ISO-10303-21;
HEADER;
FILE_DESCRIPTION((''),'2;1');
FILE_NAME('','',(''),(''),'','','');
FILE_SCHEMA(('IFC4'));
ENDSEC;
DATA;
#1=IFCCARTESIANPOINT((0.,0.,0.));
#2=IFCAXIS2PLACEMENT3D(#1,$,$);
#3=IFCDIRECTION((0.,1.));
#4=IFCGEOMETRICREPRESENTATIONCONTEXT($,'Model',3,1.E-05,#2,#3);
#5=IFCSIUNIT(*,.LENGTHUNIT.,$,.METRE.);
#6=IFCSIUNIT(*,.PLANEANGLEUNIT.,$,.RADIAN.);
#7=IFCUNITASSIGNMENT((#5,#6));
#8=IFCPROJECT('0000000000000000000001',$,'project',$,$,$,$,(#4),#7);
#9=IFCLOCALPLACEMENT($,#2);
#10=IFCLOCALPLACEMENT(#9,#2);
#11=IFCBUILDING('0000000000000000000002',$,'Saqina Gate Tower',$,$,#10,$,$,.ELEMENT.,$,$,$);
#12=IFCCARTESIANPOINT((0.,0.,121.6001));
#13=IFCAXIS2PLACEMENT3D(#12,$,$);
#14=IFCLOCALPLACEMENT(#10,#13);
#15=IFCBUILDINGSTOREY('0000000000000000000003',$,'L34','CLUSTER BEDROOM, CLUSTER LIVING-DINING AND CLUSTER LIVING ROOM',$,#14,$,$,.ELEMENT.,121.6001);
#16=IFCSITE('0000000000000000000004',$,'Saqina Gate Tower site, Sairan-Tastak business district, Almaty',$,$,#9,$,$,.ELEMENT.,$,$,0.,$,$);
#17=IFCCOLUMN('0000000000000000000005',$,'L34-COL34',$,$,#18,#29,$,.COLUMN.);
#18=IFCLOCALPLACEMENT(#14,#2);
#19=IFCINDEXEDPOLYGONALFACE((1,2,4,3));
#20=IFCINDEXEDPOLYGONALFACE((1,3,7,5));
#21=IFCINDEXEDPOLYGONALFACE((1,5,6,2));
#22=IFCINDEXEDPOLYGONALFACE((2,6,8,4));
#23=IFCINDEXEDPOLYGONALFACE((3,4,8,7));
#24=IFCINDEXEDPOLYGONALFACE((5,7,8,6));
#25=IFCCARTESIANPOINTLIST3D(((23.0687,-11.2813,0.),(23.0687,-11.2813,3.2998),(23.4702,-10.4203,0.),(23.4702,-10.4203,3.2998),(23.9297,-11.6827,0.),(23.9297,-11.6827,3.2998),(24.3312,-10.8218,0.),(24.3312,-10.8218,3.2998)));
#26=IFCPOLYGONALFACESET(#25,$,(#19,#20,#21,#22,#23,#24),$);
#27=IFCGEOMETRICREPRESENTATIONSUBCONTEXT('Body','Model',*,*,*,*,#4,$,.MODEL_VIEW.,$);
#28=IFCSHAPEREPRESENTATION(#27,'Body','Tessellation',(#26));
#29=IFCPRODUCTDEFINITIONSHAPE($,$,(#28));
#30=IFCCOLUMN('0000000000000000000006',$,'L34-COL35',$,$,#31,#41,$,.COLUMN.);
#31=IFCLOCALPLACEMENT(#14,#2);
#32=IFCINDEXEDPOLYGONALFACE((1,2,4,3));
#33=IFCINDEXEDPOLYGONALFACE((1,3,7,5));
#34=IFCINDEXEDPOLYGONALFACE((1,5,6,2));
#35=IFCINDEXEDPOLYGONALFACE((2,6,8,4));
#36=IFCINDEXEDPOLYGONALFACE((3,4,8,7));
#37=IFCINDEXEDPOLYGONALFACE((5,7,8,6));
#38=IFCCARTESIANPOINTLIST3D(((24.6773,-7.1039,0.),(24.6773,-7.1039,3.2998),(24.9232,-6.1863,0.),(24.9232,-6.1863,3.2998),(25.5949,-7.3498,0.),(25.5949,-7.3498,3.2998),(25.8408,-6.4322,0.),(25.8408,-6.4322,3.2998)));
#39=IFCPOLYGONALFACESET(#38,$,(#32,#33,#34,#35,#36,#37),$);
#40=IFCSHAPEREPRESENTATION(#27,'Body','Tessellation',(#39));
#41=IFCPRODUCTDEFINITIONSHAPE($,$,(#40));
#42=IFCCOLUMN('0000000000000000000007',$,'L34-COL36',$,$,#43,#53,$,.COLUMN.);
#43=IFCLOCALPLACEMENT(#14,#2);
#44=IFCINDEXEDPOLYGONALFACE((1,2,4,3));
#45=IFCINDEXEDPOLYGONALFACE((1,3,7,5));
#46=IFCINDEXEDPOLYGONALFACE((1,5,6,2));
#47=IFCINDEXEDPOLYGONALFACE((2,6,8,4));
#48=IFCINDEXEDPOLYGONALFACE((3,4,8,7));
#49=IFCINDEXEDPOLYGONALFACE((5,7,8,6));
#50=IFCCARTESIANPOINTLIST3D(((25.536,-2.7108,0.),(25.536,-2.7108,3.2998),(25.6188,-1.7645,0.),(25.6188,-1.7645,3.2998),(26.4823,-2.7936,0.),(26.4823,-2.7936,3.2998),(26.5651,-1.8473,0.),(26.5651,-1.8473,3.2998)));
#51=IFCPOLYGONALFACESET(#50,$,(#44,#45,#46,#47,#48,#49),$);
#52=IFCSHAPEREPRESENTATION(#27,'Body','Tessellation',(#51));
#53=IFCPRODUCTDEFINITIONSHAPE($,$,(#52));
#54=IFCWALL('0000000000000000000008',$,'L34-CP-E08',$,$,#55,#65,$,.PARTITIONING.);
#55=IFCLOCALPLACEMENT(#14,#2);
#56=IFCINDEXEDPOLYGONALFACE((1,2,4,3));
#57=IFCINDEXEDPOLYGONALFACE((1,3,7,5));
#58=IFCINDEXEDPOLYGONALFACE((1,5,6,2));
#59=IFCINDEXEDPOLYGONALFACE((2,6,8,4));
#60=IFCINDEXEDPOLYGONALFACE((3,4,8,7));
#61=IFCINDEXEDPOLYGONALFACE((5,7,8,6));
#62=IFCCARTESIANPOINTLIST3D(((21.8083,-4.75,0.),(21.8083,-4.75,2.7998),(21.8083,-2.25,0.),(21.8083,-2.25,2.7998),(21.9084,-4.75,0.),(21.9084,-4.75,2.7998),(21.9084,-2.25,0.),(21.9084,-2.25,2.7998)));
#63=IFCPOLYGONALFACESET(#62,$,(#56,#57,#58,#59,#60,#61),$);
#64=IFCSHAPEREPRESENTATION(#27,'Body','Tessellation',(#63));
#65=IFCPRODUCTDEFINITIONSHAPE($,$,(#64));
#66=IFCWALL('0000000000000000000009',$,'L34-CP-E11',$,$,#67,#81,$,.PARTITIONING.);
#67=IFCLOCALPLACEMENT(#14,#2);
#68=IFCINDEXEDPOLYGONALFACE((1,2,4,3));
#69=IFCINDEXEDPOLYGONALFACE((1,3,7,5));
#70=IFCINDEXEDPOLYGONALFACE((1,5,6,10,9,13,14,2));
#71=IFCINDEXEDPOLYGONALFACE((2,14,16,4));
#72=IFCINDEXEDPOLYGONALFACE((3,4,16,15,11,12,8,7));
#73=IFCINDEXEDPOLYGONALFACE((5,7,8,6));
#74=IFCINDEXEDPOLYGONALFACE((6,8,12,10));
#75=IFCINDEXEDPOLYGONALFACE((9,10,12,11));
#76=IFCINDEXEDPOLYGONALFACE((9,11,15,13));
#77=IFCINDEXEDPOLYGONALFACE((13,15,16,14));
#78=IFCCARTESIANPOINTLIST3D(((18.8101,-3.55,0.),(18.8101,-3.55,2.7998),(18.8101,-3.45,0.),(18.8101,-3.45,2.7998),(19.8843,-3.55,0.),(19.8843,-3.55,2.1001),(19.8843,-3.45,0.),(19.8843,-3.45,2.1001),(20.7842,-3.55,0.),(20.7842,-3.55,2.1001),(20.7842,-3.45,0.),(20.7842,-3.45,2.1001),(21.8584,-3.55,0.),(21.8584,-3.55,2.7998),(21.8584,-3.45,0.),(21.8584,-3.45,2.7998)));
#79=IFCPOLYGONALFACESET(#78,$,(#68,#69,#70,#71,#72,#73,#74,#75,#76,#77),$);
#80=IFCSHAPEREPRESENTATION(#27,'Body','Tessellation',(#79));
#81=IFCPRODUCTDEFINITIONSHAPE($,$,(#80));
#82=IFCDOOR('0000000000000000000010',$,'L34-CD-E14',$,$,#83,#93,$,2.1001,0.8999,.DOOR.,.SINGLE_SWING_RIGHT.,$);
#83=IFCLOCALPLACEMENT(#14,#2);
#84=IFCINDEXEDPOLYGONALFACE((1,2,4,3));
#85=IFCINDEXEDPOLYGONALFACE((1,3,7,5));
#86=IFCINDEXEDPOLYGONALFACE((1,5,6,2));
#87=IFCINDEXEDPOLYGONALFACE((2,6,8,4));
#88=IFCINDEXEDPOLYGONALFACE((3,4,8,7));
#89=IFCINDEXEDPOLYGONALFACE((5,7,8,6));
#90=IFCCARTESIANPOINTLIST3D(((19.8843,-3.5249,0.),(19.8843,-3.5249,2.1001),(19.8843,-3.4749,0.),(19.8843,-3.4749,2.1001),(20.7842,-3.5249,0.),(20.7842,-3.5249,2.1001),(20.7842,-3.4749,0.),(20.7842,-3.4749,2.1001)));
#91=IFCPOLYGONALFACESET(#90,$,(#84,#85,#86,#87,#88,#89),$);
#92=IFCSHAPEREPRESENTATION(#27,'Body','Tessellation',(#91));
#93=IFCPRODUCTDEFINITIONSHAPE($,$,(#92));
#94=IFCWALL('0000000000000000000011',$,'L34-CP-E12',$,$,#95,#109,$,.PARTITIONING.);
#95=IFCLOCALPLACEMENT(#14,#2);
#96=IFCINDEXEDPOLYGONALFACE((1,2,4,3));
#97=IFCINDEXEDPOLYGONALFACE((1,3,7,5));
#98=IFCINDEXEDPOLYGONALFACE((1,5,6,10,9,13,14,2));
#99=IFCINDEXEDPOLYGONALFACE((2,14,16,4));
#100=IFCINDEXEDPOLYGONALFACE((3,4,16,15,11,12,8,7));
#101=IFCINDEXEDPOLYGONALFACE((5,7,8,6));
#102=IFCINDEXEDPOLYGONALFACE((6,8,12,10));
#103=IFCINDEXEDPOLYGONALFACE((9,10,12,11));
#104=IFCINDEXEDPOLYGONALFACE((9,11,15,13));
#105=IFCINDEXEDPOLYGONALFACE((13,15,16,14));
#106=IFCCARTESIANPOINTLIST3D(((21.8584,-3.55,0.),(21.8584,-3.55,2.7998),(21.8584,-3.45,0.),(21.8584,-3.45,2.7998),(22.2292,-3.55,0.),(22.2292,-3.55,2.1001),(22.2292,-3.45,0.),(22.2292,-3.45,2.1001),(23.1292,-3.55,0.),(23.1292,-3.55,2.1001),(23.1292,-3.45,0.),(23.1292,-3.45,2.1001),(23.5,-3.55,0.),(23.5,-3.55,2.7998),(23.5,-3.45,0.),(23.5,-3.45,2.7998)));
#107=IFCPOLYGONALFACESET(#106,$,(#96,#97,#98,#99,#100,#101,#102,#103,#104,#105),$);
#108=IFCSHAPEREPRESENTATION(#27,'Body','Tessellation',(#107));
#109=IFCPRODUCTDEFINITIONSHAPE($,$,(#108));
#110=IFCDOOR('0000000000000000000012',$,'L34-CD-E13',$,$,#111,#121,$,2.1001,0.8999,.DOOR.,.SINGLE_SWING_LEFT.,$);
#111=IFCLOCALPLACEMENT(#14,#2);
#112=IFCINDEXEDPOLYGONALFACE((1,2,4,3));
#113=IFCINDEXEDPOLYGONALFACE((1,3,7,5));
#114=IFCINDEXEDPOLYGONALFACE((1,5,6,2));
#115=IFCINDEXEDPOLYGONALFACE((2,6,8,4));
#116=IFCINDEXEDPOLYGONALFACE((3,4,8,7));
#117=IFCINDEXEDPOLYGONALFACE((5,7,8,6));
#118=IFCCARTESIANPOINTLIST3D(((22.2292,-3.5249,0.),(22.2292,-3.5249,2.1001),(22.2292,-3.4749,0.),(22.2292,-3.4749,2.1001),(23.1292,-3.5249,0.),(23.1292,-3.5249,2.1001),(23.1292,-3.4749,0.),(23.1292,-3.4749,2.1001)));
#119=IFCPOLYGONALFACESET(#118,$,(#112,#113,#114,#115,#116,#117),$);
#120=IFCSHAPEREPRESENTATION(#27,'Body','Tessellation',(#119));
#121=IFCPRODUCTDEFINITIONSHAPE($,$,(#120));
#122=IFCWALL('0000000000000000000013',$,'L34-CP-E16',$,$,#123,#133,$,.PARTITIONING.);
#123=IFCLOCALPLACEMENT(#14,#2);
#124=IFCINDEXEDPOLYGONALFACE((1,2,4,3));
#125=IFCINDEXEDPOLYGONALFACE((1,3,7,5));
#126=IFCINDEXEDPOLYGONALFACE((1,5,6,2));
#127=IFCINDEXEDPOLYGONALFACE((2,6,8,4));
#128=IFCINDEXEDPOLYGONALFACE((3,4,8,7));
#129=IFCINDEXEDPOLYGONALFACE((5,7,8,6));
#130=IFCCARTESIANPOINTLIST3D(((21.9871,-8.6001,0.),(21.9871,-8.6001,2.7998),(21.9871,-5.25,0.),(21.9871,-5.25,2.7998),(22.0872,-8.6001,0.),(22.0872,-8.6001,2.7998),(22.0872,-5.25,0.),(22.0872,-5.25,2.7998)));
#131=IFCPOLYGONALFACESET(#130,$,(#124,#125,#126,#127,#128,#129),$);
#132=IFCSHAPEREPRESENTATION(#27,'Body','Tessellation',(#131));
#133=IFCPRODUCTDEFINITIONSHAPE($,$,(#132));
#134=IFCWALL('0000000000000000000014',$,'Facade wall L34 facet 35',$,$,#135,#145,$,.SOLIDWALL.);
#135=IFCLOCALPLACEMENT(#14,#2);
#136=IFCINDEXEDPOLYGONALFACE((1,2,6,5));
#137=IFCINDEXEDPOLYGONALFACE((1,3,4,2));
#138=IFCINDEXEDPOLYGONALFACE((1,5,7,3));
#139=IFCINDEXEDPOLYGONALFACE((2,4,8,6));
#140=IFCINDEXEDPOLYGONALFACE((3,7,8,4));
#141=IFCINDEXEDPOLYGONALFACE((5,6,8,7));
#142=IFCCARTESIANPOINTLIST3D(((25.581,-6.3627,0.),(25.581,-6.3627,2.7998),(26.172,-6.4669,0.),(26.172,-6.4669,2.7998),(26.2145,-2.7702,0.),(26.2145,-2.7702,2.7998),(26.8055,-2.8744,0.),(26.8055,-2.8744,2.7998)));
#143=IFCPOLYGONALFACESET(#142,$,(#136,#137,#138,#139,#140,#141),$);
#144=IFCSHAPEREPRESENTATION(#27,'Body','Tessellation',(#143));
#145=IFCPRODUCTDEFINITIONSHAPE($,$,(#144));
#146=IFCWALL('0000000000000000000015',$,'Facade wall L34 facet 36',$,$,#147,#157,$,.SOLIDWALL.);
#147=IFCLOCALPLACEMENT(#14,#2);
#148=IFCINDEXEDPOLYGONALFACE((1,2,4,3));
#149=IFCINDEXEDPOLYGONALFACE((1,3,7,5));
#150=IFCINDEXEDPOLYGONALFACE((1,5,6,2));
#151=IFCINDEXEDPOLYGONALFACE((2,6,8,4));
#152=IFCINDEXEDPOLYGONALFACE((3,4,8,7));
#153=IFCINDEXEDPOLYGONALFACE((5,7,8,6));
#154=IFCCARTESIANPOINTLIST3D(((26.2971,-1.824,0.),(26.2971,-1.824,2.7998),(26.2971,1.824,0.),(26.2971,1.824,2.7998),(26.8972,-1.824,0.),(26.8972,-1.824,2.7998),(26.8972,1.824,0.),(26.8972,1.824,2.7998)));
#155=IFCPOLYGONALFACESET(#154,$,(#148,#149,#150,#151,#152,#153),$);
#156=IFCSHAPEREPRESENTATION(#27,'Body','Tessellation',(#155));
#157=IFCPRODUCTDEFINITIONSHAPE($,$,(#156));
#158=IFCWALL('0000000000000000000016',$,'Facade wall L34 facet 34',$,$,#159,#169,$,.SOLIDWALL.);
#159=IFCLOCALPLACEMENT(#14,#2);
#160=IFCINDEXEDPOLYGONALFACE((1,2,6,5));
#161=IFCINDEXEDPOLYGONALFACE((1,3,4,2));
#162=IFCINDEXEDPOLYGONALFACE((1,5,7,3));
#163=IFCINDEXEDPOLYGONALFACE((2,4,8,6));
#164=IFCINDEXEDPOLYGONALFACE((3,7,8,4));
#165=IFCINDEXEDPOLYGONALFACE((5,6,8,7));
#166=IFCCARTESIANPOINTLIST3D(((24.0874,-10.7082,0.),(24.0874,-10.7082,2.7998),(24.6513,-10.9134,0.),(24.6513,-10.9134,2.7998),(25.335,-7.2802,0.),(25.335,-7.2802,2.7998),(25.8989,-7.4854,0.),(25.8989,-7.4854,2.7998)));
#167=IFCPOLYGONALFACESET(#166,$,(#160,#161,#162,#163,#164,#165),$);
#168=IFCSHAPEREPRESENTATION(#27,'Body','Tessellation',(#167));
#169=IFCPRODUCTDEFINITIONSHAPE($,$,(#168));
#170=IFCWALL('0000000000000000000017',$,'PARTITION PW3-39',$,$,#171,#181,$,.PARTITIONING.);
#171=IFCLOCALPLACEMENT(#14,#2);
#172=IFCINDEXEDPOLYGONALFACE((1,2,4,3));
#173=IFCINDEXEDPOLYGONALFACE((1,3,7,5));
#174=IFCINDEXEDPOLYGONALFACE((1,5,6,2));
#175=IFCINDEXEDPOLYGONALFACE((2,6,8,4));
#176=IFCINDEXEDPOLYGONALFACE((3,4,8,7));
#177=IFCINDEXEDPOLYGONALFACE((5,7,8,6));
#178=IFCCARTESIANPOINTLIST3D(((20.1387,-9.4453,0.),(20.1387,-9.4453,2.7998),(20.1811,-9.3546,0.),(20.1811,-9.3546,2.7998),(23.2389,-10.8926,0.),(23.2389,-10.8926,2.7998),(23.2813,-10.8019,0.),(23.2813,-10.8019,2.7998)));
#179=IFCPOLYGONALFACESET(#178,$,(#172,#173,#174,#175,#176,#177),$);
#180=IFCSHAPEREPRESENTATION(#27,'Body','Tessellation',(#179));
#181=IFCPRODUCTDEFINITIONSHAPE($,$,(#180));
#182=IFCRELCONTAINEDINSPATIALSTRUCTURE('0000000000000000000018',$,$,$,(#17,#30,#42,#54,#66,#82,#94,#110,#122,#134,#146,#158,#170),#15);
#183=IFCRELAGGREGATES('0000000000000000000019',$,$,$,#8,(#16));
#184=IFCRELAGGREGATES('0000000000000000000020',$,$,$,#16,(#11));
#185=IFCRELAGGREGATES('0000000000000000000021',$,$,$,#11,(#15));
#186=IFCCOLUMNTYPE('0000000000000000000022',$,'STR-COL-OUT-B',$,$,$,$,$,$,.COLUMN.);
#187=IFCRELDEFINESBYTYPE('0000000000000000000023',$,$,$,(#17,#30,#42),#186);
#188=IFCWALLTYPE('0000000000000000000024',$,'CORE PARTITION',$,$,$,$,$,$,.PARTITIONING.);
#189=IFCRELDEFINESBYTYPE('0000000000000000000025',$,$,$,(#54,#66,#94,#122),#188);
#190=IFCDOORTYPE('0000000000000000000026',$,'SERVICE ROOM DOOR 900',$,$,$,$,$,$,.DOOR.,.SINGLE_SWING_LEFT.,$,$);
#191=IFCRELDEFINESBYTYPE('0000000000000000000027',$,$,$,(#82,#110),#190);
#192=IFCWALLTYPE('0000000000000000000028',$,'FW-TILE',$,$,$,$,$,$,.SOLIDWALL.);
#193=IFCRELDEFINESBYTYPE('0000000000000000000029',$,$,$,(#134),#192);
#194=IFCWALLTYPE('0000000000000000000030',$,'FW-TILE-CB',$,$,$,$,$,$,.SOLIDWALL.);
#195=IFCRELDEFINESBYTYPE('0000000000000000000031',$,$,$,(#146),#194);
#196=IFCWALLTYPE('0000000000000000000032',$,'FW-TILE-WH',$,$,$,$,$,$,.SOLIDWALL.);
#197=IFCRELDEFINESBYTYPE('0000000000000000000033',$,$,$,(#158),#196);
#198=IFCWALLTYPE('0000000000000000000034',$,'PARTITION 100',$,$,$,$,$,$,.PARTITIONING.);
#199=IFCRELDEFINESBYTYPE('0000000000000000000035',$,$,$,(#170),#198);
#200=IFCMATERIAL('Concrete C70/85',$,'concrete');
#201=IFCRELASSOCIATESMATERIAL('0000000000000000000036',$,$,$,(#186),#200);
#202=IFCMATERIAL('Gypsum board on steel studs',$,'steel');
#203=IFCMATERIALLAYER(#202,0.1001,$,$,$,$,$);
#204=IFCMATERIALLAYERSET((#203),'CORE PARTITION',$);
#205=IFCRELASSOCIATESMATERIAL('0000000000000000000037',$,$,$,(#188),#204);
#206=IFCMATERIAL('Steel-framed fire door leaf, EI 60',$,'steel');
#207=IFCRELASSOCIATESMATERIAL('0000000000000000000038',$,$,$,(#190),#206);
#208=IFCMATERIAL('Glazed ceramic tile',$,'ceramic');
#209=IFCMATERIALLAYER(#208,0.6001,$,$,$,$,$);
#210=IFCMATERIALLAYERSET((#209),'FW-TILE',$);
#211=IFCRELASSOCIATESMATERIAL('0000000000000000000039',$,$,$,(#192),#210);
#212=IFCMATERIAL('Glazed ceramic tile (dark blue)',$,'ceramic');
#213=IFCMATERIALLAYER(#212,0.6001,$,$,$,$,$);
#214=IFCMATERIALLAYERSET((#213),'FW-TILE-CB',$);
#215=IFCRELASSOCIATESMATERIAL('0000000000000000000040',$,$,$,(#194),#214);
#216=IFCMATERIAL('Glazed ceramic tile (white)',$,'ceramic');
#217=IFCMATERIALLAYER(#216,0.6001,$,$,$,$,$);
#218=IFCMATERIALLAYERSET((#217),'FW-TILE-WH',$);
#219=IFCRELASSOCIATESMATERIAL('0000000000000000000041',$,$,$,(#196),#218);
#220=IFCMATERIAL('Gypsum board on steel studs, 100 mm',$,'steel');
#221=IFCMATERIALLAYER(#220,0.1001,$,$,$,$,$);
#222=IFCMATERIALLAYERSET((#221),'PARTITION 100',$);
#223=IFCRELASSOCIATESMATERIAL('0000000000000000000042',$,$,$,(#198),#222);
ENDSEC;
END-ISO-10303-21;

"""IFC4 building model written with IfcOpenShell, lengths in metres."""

from ifc_helpers import new_model, si_unit, direction, frame, frame_2d, origin, origin_2d, place, context, subcontext, project, spatial, rectangle, extrude, material, layer, layer_set, material_profile, profile_set, type_object, element, fill, save


model = new_model("IFC4")

# Units and contexts
model_context = context("Model", 3, precision=1e-05, world=origin(), true_north=direction((0.0, 1.0)))
body_context = subcontext(model_context, "Body", "Model", "MODEL_VIEW")
ifc_project = project(units=[si_unit("LENGTHUNIT", "METRE"), si_unit("PLANEANGLEUNIT", "RADIAN")], contexts=[model_context])

# Site, building, storey
site_placement = place(None, origin())
site = spatial("IfcSite", under=ifc_project, at=site_placement, Name="Saqina Gate Tower site, Sairan-Tastak business district, Almaty", CompositionType="ELEMENT", RefElevation=0.0)
building_placement = place(site_placement, origin())
building = spatial("IfcBuilding", under=site, at=building_placement, Name="Saqina Gate Tower", CompositionType="ELEMENT")
storey_placement = place(building_placement, frame((0.0, 0.0, 121.6001)))
storey = spatial("IfcBuildingStorey", under=building, at=storey_placement, Name="L34", Description="CLUSTER BEDROOM, CLUSTER LIVING-DINING AND CLUSTER LIVING ROOM", CompositionType="ELEMENT", Elevation=121.6001)

# Columns
ifc_material_1 = material(Name="Concrete C70/85", Category="concrete")
ifc_material_profile = material_profile(ifc_material_1, rectangle(XDim=0.95, YDim=0.95, at=origin_2d()), Name="RC 950x950")
ifc_profile_set = profile_set([ifc_material_profile], Name="Concrete C70/85")
column_type = type_object("IfcColumnType", Name="STR-COL-OUT-B", PredefinedType="COLUMN", material=ifc_profile_set)
for number, where, z_axis, x_axis, name in (
    (1, (23.7, -11.0515, 0.0), (0.0, 0.0, 1.0), (0.906308, -0.422618, 0.0), "L34-COL34"),
    (2, (25.259, -6.7681, 0.0), (0.0, 0.0, 1.0), (0.965926, -0.258819, 0.0), "L34-COL35"),
    (3, (26.0505, -2.2791, 0.0), (0.0, 0.0, 1.0), (0.996195, -0.087156, 0.0), "L34-COL36"),
):
    element("IfcColumn", number, at=place(storey_placement, frame(where, z_axis=z_axis, x_axis=x_axis)), inside=storey, type_object=column_type, Name=name, PredefinedType="COLUMN", context=body_context, shape_type="SweptSolid", body=[
        extrude(rectangle(XDim=0.95, YDim=0.95, at=origin_2d()), origin(), (0.0, 0.0, 1.0), 3.2998),
    ])

# Wall
ifc_material_2 = material(Name="Gypsum board on steel studs", Category="steel")
ifc_layer_1 = layer(ifc_material_2, 0.1001)
ifc_layer_set_1 = layer_set([ifc_layer_1], Name="CORE PARTITION")
wall_type_1 = type_object("IfcWallType", Name="CORE PARTITION", PredefinedType="PARTITIONING", material=ifc_layer_set_1)
wall_1_placement = place(storey_placement, frame((21.8584, -4.75, 0.0), z_axis=(0.0, 0.0, 1.0), x_axis=(0.0, 1.0, 0.0)))
element("IfcWall", 4, at=wall_1_placement, inside=storey, type_object=wall_type_1, Name="L34-CP-E08", PredefinedType="PARTITIONING", context=body_context, shape_type="SweptSolid", body=[
    extrude(rectangle(XDim=2.5, YDim=0.1001, at=frame_2d((1.25, 0.0))), origin(), (0.0, 0.0, 1.0), 2.7998),
])

# Walls, openings, doors
wall_2_placement = place(storey_placement, frame((18.8101, -3.5, 0.0), z_axis=(0.0, 0.0, 1.0), x_axis=(1.0, 0.0, 0.0)))
wall_2 = element("IfcWall", 5, at=wall_2_placement, inside=storey, type_object=wall_type_1, Name="L34-CP-E11", PredefinedType="PARTITIONING", context=body_context, shape_type="SweptSolid", body=[
    extrude(rectangle(XDim=3.0483, YDim=0.1001, at=frame_2d((1.5242, 0.0))), origin(), (0.0, 0.0, 1.0), 2.7998),
])
opening_1_placement = place(wall_2_placement, frame((1.0742, 0.0, 0.0)))
opening_1 = element("IfcOpeningElement", 6, at=opening_1_placement, cuts=wall_2, PredefinedType="OPENING", context=body_context, shape_type="SweptSolid", body=[
    extrude(rectangle(XDim=0.8999, YDim=2.1001, at=frame_2d((0.45, 1.05))), frame((0.0, 0.062, 0.0), z_axis=(0.0, -1.0, 0.0), x_axis=(1.0, 0.0, 0.0)), (0.0, 0.0, 1.0), 0.124),
])
ifc_material_3 = material(Name="Steel-framed fire door leaf, EI 60", Category="steel")
door_type = type_object("IfcDoorType", Name="SERVICE ROOM DOOR 900", OperationType="SINGLE_SWING_LEFT", PredefinedType="DOOR", material=ifc_material_3)
door_1_placement = place(opening_1_placement, frame((0.8999, 0.0, 0.0), z_axis=(0.0, 0.0, 1.0), x_axis=(-1.0, 0.0, 0.0)))
door_1 = element("IfcDoor", 7, at=door_1_placement, inside=storey, type_object=door_type, Name="L34-CD-E14", OperationType="SINGLE_SWING_RIGHT", OverallHeight=2.1001, OverallWidth=0.8999, PredefinedType="DOOR", context=body_context, shape_type="SweptSolid", body=[
    extrude(rectangle(XDim=0.8999, YDim=2.1001, at=frame_2d((0.45, 1.05))), frame((0.0, 0.0249, 0.0), z_axis=(0.0, -1.0, 0.0), x_axis=(1.0, 0.0, 0.0)), (0.0, 0.0, 1.0), 0.05),
])
fill(opening_1, door_1)
wall_3_placement = place(storey_placement, frame((21.8584, -3.5, 0.0), z_axis=(0.0, 0.0, 1.0), x_axis=(1.0, 0.0, 0.0)))
wall_3 = element("IfcWall", 8, at=wall_3_placement, inside=storey, type_object=wall_type_1, Name="L34-CP-E12", PredefinedType="PARTITIONING", context=body_context, shape_type="SweptSolid", body=[
    extrude(rectangle(XDim=1.6416, YDim=0.1001, at=frame_2d((0.8208, 0.0))), origin(), (0.0, 0.0, 1.0), 2.7998),
])
opening_2_placement = place(wall_3_placement, frame((0.3708, 0.0, 0.0)))
opening_2 = element("IfcOpeningElement", 9, at=opening_2_placement, cuts=wall_3, PredefinedType="OPENING", context=body_context, shape_type="SweptSolid", body=[
    extrude(rectangle(XDim=0.8999, YDim=2.1001, at=frame_2d((0.45, 1.05))), frame((0.0, 0.062, 0.0), z_axis=(0.0, -1.0, 0.0), x_axis=(1.0, 0.0, 0.0)), (0.0, 0.0, 1.0), 0.124),
])
door_2_placement = place(opening_2_placement, frame((0.8999, 0.0, 0.0), z_axis=(0.0, 0.0, 1.0), x_axis=(-1.0, 0.0, 0.0)))
door_2 = element("IfcDoor", 10, at=door_2_placement, inside=storey, type_object=door_type, Name="L34-CD-E13", OperationType="SINGLE_SWING_LEFT", OverallHeight=2.1001, OverallWidth=0.8999, PredefinedType="DOOR", context=body_context, shape_type="SweptSolid", body=[
    extrude(rectangle(XDim=0.8999, YDim=2.1001, at=frame_2d((0.45, 1.05))), frame((0.0, 0.0249, 0.0), z_axis=(0.0, -1.0, 0.0), x_axis=(1.0, 0.0, 0.0)), (0.0, 0.0, 1.0), 0.05),
])
fill(opening_2, door_2)

# Walls
wall_4_placement = place(storey_placement, frame((22.0371, -8.6001, 0.0), z_axis=(0.0, 0.0, 1.0), x_axis=(0.0, 1.0, 0.0)))
element("IfcWall", 11, at=wall_4_placement, inside=storey, type_object=wall_type_1, Name="L34-CP-E16", PredefinedType="PARTITIONING", context=body_context, shape_type="SweptSolid", body=[
    extrude(rectangle(XDim=3.3501, YDim=0.1001, at=frame_2d((1.675, 0.0))), origin(), (0.0, 0.0, 1.0), 2.7998),
])
ifc_material_4 = material(Name="Glazed ceramic tile", Category="ceramic")
ifc_layer_2 = layer(ifc_material_4, 0.6001)
ifc_layer_set_2 = layer_set([ifc_layer_2], Name="FW-TILE")
wall_type_2 = type_object("IfcWallType", Name="FW-TILE", PredefinedType="SOLIDWALL", material=ifc_layer_set_2)
wall_5_placement = place(storey_placement, frame((25.8765, -6.4148, 0.0), z_axis=(0.0, 0.0, 1.0), x_axis=(0.173671, 0.984804, 0.0)))
element("IfcWall", 12, at=wall_5_placement, inside=storey, type_object=wall_type_2, Name="Facade wall L34 facet 35", PredefinedType="SOLIDWALL", context=body_context, shape_type="SweptSolid", body=[
    extrude(rectangle(XDim=3.6479, YDim=0.6001, at=frame_2d((1.824, 0.0))), origin(), (0.0, 0.0, 1.0), 2.7998),
])
ifc_material_5 = material(Name="Glazed ceramic tile (dark blue)", Category="ceramic")
ifc_layer_3 = layer(ifc_material_5, 0.6001)
ifc_layer_set_3 = layer_set([ifc_layer_3], Name="FW-TILE-CB")
wall_type_3 = type_object("IfcWallType", Name="FW-TILE-CB", PredefinedType="SOLIDWALL", material=ifc_layer_set_3)
wall_6_placement = place(storey_placement, frame((26.5972, -1.824, 0.0), z_axis=(0.0, 0.0, 1.0), x_axis=(0.0, 1.0, 0.0)))
element("IfcWall", 13, at=wall_6_placement, inside=storey, type_object=wall_type_3, Name="Facade wall L34 facet 36", PredefinedType="SOLIDWALL", context=body_context, shape_type="SweptSolid", body=[
    extrude(rectangle(XDim=3.6479, YDim=0.6001, at=frame_2d((1.824, 0.0))), origin(), (0.0, 0.0, 1.0), 2.7998),
])
ifc_material_6 = material(Name="Glazed ceramic tile (white)", Category="ceramic")
ifc_layer_4 = layer(ifc_material_6, 0.6001)
ifc_layer_set_4 = layer_set([ifc_layer_4], Name="FW-TILE-WH")
wall_type_4 = type_object("IfcWallType", Name="FW-TILE-WH", PredefinedType="SOLIDWALL", material=ifc_layer_set_4)
wall_7_placement = place(storey_placement, frame((24.3694, -10.8108, 0.0), z_axis=(0.0, 0.0, 1.0), x_axis=(0.34199, 0.939704, 0.0)))
element("IfcWall", 14, at=wall_7_placement, inside=storey, type_object=wall_type_4, Name="Facade wall L34 facet 34", PredefinedType="SOLIDWALL", context=body_context, shape_type="SweptSolid", body=[
    extrude(rectangle(XDim=3.6479, YDim=0.6001, at=frame_2d((1.824, 0.0))), origin(), (0.0, 0.0, 1.0), 2.7998),
])
ifc_material_7 = material(Name="Gypsum board on steel studs, 100 mm", Category="steel")
ifc_layer_5 = layer(ifc_material_7, 0.1001)
ifc_layer_set_5 = layer_set([ifc_layer_5], Name="PARTITION 100")
wall_type_5 = type_object("IfcWallType", Name="PARTITION 100", PredefinedType="PARTITIONING", material=ifc_layer_set_5)
wall_8_placement = place(storey_placement, frame((20.1599, -9.3999, 0.0), z_axis=(0.0, 0.0, 1.0), x_axis=(0.906121, -0.423018, 0.0)))
element("IfcWall", 15, at=wall_8_placement, inside=storey, type_object=wall_type_5, Name="PARTITION PW3-39", PredefinedType="PARTITIONING", context=body_context, shape_type="SweptSolid", body=[
    extrude(rectangle(XDim=3.4214, YDim=0.1001, at=frame_2d((1.7107, 0.0))), origin(), (0.0, 0.0, 1.0), 2.7998),
])

save(model, "model.ifc")
